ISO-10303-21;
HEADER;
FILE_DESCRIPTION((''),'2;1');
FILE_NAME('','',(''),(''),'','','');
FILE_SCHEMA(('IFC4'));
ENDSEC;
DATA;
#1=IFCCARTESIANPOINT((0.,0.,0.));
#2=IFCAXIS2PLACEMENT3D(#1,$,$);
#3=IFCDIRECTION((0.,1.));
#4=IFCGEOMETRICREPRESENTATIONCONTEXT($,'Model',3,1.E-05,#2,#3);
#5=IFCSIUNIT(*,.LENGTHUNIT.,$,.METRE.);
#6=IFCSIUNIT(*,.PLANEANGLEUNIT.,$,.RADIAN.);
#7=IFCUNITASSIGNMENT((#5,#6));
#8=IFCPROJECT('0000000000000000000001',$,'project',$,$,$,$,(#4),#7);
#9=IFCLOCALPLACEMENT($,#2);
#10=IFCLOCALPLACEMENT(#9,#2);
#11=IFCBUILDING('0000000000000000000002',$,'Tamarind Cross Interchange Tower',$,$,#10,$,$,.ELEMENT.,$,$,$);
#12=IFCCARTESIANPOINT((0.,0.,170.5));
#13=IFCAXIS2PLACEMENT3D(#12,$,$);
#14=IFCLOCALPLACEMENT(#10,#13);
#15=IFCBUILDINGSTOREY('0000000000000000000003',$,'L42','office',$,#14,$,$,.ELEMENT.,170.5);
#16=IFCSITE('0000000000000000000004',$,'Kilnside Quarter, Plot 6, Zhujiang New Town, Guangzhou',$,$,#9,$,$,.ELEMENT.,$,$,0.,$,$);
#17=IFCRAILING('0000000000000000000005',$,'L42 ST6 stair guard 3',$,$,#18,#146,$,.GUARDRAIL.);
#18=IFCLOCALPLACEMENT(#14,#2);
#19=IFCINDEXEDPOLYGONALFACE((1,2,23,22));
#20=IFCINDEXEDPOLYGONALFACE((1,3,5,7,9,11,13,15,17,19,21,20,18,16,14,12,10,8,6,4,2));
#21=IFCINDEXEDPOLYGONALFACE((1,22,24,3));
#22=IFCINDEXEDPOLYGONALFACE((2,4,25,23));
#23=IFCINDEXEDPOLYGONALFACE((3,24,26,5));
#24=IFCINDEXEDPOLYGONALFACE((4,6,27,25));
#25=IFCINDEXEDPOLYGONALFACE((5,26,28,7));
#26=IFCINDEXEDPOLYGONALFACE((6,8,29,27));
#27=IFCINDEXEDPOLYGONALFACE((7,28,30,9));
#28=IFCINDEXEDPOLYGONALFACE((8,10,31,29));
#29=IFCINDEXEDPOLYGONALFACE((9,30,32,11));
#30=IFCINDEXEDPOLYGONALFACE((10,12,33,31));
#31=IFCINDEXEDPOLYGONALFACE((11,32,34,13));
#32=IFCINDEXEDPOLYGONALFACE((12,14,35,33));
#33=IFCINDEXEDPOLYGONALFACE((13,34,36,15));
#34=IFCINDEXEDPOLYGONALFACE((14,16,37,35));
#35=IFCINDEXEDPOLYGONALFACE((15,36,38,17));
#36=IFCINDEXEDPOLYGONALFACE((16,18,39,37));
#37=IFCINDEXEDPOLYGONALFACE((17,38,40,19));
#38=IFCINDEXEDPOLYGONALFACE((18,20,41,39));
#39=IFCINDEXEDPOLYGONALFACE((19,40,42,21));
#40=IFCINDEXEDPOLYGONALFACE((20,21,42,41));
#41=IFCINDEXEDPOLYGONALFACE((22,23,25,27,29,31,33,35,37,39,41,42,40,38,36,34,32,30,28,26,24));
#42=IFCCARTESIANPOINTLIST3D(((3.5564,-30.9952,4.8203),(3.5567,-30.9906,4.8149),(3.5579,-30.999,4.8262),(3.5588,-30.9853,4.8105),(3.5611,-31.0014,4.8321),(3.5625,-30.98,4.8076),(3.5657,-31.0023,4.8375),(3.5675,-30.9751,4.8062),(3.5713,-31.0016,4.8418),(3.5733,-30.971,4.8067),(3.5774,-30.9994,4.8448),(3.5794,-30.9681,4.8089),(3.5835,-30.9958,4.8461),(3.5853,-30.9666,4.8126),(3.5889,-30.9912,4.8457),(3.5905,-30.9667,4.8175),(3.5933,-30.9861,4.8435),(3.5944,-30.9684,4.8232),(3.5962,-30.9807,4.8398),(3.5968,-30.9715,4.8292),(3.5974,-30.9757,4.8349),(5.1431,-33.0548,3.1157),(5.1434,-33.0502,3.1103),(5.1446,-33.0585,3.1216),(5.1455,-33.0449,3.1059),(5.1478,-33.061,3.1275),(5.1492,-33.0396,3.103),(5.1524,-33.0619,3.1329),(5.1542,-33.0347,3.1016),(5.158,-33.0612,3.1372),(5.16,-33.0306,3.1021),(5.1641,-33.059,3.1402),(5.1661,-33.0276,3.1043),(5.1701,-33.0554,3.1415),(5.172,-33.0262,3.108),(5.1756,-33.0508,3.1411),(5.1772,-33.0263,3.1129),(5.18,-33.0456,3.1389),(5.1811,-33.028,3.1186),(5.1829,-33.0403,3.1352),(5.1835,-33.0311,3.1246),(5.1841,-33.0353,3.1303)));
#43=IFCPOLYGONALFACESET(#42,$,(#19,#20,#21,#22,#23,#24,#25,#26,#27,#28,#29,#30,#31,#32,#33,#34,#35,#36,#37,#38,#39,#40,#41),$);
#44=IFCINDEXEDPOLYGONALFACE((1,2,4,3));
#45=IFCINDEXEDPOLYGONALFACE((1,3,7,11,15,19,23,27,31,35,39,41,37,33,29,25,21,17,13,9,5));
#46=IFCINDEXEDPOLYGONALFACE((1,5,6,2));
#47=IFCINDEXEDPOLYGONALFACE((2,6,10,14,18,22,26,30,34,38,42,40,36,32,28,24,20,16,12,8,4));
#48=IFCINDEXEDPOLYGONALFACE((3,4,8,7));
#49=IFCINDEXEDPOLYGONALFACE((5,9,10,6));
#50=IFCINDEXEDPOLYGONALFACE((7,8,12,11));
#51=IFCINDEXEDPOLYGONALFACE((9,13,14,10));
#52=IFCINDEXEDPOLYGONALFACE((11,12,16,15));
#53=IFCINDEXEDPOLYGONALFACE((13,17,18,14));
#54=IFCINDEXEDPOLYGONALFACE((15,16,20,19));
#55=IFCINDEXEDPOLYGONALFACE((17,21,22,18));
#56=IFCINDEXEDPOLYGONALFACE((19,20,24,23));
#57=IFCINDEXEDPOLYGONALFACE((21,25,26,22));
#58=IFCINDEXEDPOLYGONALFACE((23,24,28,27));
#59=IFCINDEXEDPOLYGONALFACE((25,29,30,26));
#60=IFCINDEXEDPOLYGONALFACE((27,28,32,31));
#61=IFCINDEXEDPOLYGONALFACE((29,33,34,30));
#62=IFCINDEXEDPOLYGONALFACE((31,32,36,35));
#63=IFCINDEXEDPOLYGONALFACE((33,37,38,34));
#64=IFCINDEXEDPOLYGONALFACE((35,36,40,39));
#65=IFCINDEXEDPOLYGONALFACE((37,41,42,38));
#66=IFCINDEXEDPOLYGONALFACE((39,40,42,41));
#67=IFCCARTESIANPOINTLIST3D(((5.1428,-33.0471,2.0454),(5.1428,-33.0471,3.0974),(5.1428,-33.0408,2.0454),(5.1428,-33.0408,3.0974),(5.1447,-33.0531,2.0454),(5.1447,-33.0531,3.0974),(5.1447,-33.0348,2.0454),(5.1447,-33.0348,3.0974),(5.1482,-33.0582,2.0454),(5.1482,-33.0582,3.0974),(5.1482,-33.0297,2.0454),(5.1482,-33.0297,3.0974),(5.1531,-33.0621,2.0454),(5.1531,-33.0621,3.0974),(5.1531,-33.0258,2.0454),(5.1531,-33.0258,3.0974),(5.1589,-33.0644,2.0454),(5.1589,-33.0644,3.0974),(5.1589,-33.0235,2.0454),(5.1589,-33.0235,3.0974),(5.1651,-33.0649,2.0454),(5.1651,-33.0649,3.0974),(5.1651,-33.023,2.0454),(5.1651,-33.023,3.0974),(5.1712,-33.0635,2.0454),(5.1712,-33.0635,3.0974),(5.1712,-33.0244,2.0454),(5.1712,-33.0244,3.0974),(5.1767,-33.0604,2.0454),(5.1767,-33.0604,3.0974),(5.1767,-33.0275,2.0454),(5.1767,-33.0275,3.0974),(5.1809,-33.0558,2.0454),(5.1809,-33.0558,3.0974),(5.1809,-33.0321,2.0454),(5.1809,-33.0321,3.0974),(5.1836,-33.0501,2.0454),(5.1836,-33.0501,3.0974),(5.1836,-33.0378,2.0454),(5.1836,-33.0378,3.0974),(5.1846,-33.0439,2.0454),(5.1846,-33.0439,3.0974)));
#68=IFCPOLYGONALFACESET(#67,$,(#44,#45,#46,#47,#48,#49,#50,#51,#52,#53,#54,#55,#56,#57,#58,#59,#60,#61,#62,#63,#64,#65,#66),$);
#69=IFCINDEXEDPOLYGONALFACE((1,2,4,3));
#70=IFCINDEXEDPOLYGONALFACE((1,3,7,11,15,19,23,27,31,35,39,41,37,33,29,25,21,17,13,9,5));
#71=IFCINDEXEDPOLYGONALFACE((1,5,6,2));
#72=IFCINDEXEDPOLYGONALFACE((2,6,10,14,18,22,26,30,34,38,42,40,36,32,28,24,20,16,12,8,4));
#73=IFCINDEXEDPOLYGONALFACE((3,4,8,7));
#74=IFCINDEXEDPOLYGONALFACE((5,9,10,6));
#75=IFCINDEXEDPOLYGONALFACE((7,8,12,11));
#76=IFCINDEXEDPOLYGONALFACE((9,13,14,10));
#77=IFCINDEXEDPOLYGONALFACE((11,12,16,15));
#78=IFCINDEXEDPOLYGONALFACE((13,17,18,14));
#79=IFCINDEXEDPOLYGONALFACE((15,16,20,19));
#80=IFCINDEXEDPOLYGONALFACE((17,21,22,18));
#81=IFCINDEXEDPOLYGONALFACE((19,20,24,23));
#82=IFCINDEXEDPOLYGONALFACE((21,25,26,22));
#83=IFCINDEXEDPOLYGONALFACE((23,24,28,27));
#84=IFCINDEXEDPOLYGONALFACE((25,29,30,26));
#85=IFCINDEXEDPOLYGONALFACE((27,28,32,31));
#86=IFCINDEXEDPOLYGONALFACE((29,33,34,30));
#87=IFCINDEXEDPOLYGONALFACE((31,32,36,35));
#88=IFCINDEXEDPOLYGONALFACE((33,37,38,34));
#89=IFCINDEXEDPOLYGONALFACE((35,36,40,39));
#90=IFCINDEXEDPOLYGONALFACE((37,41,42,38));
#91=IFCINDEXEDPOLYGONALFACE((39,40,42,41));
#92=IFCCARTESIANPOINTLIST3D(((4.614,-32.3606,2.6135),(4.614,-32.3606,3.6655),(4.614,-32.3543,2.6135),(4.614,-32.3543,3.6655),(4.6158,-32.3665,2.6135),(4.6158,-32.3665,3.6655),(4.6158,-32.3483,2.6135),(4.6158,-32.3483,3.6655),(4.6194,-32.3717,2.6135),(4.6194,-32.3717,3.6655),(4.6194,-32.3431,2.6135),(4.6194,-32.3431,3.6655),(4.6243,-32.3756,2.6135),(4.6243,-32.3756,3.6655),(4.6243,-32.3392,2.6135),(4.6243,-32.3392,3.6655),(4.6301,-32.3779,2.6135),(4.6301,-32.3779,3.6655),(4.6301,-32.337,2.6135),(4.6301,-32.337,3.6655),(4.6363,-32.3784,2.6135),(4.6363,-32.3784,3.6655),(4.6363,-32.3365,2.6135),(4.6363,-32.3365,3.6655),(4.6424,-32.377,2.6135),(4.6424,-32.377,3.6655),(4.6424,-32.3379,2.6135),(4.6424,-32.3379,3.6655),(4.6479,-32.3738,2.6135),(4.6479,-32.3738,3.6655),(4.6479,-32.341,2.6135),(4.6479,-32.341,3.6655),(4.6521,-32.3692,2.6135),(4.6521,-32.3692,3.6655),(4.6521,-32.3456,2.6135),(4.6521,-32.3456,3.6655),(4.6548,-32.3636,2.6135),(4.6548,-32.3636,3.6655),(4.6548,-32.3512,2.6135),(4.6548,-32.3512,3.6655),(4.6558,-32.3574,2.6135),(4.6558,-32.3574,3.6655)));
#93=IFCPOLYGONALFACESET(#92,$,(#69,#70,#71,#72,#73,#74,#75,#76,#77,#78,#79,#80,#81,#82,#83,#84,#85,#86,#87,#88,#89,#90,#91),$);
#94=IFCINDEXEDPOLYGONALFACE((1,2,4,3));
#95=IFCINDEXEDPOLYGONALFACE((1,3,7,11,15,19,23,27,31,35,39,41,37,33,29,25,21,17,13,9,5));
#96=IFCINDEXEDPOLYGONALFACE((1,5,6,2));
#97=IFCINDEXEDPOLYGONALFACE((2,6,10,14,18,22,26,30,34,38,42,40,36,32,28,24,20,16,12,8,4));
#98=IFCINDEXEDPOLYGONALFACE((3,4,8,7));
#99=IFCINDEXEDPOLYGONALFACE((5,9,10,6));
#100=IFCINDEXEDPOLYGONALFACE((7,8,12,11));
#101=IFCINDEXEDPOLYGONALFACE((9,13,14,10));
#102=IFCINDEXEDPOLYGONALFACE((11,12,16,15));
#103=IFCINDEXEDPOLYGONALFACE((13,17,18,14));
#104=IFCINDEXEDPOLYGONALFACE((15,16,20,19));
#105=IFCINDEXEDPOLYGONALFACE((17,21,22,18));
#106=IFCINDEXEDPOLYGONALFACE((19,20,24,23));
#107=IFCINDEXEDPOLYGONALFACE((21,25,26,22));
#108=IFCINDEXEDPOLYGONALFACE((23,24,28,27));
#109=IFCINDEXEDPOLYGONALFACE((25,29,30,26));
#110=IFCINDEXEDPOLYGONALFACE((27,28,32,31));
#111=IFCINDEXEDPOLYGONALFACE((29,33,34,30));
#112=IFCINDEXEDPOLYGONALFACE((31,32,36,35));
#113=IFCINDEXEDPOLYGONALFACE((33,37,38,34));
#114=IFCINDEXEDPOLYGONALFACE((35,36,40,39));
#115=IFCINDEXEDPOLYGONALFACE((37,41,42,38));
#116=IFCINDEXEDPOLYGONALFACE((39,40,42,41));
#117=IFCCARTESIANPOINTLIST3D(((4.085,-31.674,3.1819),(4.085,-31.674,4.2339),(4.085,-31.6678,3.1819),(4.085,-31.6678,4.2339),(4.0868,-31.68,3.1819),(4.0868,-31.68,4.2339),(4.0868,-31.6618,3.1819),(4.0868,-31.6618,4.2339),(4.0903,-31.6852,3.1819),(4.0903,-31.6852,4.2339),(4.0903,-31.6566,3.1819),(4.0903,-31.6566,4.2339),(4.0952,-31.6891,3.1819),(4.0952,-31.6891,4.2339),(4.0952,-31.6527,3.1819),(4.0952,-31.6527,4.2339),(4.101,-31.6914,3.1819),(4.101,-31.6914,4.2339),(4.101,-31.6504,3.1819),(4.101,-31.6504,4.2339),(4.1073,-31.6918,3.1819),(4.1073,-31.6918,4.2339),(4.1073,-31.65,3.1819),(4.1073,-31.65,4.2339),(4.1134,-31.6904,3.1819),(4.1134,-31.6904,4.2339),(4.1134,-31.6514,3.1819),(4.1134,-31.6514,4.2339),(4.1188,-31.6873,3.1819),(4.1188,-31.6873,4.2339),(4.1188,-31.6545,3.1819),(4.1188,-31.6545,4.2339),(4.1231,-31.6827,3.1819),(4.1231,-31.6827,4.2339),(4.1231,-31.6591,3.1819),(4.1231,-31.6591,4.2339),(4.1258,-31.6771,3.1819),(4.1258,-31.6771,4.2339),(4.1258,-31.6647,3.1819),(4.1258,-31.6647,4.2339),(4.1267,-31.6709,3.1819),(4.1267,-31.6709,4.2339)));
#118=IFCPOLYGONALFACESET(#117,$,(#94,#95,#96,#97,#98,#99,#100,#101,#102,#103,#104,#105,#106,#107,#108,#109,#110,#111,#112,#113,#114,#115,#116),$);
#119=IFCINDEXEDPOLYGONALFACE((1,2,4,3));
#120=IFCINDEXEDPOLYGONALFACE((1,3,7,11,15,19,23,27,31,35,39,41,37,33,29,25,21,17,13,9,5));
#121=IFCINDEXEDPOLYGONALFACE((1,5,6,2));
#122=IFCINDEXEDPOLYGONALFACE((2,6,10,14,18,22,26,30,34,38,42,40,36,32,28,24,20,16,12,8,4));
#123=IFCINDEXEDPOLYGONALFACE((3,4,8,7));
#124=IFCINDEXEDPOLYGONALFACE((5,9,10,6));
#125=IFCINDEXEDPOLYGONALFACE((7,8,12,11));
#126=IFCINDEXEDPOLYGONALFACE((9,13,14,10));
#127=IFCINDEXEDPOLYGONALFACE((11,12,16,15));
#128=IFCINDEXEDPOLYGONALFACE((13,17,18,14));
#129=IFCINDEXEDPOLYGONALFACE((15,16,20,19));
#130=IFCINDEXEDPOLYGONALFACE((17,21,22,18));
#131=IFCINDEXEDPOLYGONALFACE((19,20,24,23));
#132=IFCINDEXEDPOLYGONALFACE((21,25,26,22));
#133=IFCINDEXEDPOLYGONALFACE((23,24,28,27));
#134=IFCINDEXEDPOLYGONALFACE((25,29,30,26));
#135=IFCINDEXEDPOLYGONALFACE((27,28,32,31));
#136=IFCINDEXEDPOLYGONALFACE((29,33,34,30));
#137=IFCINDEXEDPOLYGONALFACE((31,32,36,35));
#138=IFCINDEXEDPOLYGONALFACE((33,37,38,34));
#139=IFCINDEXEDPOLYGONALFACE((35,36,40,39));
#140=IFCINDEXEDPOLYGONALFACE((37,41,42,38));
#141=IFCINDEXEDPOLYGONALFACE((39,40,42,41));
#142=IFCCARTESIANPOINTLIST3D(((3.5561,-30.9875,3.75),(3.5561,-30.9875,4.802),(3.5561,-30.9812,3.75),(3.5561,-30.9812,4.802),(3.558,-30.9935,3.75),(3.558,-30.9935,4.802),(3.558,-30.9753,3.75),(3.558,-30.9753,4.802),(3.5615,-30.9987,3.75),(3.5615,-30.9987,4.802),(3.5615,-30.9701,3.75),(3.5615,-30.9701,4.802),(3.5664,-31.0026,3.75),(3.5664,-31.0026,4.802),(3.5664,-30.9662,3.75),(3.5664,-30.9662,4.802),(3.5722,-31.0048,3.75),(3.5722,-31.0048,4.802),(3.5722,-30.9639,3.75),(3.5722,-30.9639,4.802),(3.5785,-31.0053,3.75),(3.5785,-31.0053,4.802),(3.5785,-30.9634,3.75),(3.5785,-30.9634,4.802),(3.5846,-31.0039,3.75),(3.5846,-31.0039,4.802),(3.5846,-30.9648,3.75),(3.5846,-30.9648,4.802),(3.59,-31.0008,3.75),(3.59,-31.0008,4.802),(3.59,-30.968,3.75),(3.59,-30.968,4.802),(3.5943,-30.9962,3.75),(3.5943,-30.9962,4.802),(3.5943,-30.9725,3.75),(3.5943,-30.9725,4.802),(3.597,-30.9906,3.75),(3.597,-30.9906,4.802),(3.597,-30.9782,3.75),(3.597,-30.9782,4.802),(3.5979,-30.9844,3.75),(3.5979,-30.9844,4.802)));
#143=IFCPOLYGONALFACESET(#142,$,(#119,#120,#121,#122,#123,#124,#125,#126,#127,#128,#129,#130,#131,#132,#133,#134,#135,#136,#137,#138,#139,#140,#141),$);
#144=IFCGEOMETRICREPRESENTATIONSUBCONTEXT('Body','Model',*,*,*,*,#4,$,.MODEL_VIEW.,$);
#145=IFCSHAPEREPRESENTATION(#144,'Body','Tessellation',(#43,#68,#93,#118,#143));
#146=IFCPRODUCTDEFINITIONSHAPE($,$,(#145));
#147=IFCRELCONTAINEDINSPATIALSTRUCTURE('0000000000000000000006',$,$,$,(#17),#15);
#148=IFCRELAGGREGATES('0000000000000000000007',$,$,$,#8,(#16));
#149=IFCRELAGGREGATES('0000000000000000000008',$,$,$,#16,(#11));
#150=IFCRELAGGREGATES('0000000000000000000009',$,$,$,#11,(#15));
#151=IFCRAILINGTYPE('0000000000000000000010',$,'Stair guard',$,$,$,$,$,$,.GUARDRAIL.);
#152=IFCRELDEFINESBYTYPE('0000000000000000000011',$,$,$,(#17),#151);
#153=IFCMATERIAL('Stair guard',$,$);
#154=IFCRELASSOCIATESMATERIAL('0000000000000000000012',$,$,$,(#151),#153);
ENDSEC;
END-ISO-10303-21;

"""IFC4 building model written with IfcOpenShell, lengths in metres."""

from ifc_helpers import new_model, si_unit, direction, frame, origin, origin_2d, place, context, subcontext, project, spatial, circle, extrude, material, type_object, element, save


model = new_model("IFC4")

# Units and contexts
model_context = context("Model", 3, precision=1e-05, world=origin(), true_north=direction((0.0, 1.0)))
body_context = subcontext(model_context, "Body", "Model", "MODEL_VIEW")
ifc_project = project(units=[si_unit("LENGTHUNIT", "METRE"), si_unit("PLANEANGLEUNIT", "RADIAN")], contexts=[model_context])

# Site, building, storey
site_placement = place(None, origin())
site = spatial("IfcSite", under=ifc_project, at=site_placement, Name="Kilnside Quarter, Plot 6, Zhujiang New Town, Guangzhou", CompositionType="ELEMENT", RefElevation=0.0)
building_placement = place(site_placement, origin())
building = spatial("IfcBuilding", under=site, at=building_placement, Name="Tamarind Cross Interchange Tower", CompositionType="ELEMENT")
storey_placement = place(building_placement, frame((0.0, 0.0, 170.5)))
storey = spatial("IfcBuildingStorey", under=building, at=storey_placement, Name="L42", Description="office", CompositionType="ELEMENT", Elevation=170.5)

# Railing
ifc_material_1 = material(Name="Stair guard")
railing_type_1 = type_object("IfcRailingType", Name="Stair guard", PredefinedType="GUARDRAIL", material=ifc_material_1)
railing_1_placement = place(storey_placement, frame((5.1636, -33.0439, 2.0454)))
element("IfcRailing", 1, at=railing_1_placement, inside=storey, type_object=railing_type_1, Name="L42 ST6 stair guard 3", PredefinedType="GUARDRAIL", context=body_context, shape_type="SweptSolid", body=[
    extrude(circle(Radius=0.0239, at=origin_2d()), frame((0.0, 0.0, 1.0762), z_axis=(-0.510371, 0.662485, 0.548302), x_axis=(-0.79218, -0.610287, 0.0)), (0.0, 0.0, 1.0), 3.1089),
    extrude(circle(Radius=0.021, at=origin_2d()), origin(), (0.0, 0.0, 1.0), 1.052),
    extrude(circle(Radius=0.021, at=origin_2d()), frame((-0.5288, 0.6865, 0.5681)), (0.0, 0.0, 1.0), 1.052),
    extrude(circle(Radius=0.021, at=origin_2d()), frame((-1.0579, 1.373, 1.1365)), (0.0, 0.0, 1.0), 1.052),
    extrude(circle(Radius=0.021, at=origin_2d()), frame((-1.5867, 2.0596, 1.7046)), (0.0, 0.0, 1.0), 1.052),
])

save(model, "model.ifc")
